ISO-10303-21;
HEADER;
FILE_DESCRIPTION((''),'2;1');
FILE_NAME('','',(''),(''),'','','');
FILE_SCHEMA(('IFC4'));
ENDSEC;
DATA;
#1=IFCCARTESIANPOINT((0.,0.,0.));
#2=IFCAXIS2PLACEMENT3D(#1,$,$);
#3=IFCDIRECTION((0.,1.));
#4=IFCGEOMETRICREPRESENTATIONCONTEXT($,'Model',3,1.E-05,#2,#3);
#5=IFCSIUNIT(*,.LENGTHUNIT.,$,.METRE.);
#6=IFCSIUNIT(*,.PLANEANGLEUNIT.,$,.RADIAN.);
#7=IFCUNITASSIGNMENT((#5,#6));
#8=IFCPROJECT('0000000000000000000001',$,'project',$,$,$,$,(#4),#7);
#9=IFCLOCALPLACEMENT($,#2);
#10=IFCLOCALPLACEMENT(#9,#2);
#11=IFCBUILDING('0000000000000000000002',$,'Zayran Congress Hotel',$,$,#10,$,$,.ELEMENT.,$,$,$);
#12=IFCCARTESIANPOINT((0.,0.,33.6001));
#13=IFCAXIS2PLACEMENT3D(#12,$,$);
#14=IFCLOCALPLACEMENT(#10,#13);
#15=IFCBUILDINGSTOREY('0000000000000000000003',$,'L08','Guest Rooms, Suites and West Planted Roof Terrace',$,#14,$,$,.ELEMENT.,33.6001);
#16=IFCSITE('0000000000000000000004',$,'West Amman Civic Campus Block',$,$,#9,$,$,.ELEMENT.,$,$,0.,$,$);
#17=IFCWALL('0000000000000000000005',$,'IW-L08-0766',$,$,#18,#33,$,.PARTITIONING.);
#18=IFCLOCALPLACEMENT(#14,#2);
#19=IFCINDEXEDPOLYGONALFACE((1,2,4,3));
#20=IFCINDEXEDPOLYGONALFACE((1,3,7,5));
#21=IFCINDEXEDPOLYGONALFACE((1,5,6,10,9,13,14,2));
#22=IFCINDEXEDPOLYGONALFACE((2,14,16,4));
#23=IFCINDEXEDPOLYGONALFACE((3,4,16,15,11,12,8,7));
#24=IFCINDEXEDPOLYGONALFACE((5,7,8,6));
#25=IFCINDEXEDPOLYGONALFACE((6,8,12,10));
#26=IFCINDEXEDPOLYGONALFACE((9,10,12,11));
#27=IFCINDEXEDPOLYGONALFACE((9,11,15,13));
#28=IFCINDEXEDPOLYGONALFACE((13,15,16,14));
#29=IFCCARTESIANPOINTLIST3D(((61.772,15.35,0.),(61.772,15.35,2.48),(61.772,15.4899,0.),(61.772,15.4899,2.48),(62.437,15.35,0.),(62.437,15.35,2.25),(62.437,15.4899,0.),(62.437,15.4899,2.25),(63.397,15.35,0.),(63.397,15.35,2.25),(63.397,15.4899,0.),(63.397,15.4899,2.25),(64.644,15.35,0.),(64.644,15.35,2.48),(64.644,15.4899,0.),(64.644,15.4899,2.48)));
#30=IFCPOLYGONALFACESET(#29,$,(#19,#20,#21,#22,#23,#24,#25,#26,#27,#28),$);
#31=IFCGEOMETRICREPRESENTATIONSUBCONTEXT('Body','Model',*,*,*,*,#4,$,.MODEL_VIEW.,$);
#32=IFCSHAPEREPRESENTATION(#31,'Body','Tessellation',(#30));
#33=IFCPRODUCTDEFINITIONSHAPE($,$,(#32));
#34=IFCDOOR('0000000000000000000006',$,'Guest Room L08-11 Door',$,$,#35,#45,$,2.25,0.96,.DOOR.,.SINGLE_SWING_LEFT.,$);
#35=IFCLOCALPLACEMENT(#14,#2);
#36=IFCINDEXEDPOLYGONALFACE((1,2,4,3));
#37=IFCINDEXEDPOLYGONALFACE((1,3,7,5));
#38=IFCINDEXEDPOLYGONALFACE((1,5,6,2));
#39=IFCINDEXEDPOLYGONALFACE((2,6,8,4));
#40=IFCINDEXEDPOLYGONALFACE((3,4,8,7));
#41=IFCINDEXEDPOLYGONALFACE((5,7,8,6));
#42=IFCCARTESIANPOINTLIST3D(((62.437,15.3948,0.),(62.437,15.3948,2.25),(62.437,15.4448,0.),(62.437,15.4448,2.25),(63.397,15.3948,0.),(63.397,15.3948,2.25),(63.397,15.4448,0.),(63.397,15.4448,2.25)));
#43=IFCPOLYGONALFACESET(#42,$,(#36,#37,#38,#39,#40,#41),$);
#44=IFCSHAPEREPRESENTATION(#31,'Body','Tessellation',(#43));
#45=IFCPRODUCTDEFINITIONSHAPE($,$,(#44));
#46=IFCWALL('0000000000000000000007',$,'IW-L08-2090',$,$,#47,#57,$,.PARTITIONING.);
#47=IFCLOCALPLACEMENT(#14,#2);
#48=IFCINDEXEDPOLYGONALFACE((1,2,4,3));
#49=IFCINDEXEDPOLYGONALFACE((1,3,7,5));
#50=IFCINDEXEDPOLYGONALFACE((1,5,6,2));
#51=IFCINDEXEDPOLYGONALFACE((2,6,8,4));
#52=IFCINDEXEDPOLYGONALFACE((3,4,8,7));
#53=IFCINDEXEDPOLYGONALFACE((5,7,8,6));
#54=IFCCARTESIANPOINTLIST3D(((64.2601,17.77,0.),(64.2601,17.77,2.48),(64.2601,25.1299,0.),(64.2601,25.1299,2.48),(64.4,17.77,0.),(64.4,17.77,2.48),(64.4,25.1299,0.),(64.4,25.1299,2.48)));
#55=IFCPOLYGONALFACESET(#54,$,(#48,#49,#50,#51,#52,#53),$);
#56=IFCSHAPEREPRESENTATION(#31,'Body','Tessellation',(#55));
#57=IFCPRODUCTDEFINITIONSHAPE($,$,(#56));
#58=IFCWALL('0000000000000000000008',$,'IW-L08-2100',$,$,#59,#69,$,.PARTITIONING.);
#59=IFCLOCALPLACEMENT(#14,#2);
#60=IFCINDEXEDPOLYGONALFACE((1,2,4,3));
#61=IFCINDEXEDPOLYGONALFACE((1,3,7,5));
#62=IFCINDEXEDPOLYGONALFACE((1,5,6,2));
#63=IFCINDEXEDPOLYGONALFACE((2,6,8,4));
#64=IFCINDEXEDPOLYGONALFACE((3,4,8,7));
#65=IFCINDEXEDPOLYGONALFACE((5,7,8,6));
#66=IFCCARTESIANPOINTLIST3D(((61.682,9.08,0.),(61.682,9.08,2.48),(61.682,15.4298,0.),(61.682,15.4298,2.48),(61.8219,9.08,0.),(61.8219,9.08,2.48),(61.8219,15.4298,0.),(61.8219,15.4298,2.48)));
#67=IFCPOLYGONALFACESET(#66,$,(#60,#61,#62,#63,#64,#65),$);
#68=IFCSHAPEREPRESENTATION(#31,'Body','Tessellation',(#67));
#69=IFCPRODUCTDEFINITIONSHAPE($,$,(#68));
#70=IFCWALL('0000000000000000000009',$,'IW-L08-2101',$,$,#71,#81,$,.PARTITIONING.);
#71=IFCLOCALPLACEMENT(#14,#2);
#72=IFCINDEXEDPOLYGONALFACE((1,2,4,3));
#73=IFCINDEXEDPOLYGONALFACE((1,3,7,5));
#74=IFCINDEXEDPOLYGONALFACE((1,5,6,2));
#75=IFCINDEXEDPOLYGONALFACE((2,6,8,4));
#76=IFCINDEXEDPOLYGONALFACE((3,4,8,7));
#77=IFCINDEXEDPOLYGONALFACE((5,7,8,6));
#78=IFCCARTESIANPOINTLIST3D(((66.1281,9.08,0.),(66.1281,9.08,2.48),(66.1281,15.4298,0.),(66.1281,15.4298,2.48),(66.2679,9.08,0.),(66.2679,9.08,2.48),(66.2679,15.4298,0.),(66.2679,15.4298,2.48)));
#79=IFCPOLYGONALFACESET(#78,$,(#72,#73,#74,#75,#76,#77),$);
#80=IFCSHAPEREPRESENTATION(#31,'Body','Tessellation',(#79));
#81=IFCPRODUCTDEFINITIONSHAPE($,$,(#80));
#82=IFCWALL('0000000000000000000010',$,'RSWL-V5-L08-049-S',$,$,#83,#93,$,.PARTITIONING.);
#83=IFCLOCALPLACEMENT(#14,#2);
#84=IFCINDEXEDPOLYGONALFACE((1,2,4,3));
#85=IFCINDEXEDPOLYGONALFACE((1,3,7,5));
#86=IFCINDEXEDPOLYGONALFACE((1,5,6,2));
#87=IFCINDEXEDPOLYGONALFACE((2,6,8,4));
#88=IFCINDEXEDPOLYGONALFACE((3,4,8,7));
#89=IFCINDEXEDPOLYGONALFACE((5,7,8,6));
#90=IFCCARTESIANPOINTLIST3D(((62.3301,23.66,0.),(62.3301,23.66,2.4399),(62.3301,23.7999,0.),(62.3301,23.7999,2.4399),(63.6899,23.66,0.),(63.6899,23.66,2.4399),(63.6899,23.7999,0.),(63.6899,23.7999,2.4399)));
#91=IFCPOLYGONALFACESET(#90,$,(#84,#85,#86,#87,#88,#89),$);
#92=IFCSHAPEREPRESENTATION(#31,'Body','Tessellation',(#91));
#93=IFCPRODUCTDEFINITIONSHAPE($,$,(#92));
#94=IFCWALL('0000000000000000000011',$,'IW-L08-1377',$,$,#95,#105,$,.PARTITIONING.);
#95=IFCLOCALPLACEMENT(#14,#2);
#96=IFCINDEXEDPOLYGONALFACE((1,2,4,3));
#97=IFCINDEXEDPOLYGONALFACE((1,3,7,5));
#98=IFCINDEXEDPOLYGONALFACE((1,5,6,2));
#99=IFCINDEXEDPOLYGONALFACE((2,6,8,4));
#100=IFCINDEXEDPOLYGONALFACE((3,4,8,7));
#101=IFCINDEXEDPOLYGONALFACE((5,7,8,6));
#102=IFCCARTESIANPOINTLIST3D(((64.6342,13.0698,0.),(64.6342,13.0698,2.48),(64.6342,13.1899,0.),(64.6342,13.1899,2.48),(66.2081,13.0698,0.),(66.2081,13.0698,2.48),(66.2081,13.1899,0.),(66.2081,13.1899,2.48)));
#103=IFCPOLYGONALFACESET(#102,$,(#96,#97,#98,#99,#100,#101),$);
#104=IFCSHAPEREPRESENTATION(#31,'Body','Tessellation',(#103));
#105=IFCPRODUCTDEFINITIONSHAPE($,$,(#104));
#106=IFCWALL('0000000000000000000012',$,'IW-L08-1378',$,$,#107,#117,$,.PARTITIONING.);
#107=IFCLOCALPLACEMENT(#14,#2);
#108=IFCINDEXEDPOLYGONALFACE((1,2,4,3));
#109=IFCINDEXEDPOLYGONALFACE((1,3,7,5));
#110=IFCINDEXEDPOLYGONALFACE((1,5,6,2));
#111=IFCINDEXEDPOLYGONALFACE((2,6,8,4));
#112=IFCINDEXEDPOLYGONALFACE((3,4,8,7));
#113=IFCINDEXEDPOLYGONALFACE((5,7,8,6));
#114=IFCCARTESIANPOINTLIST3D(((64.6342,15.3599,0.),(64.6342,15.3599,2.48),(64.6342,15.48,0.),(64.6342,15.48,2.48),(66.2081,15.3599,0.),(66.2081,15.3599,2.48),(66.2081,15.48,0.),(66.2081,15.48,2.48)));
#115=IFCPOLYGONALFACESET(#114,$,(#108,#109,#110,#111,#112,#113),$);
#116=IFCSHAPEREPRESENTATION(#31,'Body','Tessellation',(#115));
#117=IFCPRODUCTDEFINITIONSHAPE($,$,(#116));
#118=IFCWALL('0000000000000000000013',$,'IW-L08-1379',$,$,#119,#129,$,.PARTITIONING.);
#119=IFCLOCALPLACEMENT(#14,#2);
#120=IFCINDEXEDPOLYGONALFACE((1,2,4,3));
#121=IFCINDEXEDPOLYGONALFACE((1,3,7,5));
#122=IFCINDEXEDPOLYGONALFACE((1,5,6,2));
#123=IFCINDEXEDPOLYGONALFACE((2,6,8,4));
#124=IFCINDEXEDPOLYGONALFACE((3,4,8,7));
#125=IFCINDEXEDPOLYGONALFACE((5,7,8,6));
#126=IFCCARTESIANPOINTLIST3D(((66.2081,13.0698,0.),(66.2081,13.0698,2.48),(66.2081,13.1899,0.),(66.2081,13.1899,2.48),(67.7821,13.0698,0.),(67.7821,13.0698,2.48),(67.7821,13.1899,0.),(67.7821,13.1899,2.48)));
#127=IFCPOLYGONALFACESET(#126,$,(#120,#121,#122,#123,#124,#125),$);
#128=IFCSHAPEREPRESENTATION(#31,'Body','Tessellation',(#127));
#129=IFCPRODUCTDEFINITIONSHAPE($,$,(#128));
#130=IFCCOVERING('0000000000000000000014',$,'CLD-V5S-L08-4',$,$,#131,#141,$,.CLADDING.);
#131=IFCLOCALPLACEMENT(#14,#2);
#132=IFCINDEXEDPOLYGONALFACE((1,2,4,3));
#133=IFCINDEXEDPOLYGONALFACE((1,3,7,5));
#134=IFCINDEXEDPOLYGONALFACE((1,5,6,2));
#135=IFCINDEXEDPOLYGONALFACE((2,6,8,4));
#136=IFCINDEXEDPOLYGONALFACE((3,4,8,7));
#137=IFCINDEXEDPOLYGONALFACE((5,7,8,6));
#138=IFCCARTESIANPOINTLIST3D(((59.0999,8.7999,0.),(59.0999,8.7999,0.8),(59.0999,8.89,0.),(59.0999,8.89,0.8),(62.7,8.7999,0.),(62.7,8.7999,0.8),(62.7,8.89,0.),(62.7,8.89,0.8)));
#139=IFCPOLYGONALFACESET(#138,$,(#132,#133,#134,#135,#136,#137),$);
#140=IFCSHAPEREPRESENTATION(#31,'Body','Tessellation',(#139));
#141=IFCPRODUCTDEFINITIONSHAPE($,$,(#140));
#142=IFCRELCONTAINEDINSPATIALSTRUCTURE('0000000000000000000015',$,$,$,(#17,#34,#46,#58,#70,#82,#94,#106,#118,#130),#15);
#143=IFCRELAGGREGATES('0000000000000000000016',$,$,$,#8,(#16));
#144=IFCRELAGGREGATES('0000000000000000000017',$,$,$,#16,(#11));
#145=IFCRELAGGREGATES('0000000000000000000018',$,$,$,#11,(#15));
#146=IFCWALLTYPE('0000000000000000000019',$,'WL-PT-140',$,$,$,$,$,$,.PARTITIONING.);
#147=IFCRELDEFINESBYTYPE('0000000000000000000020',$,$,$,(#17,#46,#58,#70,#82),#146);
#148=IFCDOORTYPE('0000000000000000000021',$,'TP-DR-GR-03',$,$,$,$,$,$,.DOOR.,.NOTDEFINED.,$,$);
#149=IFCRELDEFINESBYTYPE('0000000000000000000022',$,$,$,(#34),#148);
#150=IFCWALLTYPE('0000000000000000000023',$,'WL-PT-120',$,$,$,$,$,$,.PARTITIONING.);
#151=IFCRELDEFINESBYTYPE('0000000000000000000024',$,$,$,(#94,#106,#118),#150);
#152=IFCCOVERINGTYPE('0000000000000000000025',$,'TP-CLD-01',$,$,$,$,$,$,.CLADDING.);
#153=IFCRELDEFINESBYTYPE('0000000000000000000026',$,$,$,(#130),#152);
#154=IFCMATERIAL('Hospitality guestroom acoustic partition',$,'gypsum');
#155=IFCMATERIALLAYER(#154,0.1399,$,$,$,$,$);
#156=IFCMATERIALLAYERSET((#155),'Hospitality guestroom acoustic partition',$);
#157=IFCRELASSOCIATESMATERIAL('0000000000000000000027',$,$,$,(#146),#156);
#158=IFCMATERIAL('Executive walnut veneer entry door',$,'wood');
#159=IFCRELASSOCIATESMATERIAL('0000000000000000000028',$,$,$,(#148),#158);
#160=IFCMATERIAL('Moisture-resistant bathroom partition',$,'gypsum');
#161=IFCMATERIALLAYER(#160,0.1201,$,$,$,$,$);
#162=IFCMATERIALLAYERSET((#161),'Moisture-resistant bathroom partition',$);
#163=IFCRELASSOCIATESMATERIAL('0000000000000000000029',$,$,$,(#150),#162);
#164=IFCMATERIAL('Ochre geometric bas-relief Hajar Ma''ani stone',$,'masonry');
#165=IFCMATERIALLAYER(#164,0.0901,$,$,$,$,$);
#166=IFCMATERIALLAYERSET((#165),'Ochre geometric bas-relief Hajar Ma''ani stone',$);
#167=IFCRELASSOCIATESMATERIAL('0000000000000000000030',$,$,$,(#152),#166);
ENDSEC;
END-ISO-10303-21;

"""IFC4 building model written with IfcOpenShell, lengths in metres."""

from ifc_helpers import new_model, si_unit, direction, frame, frame_2d, origin, origin_2d, place, context, subcontext, project, spatial, rectangle, extrude, material, layer, layer_set, type_object, element, fill, save


model = new_model("IFC4")

# Units and contexts
model_context = context("Model", 3, precision=1e-05, world=origin(), true_north=direction((0.0, 1.0)))
body_context = subcontext(model_context, "Body", "Model", "MODEL_VIEW")
ifc_project = project(units=[si_unit("LENGTHUNIT", "METRE"), si_unit("PLANEANGLEUNIT", "RADIAN")], contexts=[model_context])

# Site, building, storey
site_placement = place(None, origin())
site = spatial("IfcSite", under=ifc_project, at=site_placement, Name="West Amman Civic Campus Block", CompositionType="ELEMENT", RefElevation=0.0)
building_placement = place(site_placement, origin())
building = spatial("IfcBuilding", under=site, at=building_placement, Name="Zayran Congress Hotel", CompositionType="ELEMENT")
storey_placement = place(building_placement, frame((0.0, 0.0, 33.6001)))
storey = spatial("IfcBuildingStorey", under=building, at=storey_placement, Name="L08", Description="Guest Rooms, Suites and West Planted Roof Terrace", CompositionType="ELEMENT", Elevation=33.6001)

# Wall, opening, door
ifc_material_1 = material(Name="Hospitality guestroom acoustic partition", Category="gypsum")
ifc_layer_1 = layer(ifc_material_1, 0.1399)
ifc_layer_set_1 = layer_set([ifc_layer_1], Name="Hospitality guestroom acoustic partition")
wall_type_1 = type_object("IfcWallType", Name="WL-PT-140", PredefinedType="PARTITIONING", material=ifc_layer_set_1)
wall_1_placement = place(storey_placement, frame((61.772, 15.4199, 0.0), z_axis=(0.0, 0.0, 1.0), x_axis=(1.0, 0.0, 0.0)))
wall_1 = element("IfcWall", 1, at=wall_1_placement, inside=storey, type_object=wall_type_1, Name="IW-L08-0766", PredefinedType="PARTITIONING", context=body_context, shape_type="SweptSolid", body=[
    extrude(rectangle(XDim=2.8721, YDim=0.1399, at=frame_2d((1.436, 0.0))), origin(), (0.0, 0.0, 1.0), 2.48),
])
opening_1_placement = place(wall_1_placement, frame((0.665, 0.0, 0.0)))
opening_1 = element("IfcOpeningElement", 2, at=opening_1_placement, cuts=wall_1, PredefinedType="OPENING", context=body_context, shape_type="SweptSolid", body=[
    extrude(rectangle(XDim=0.96, YDim=2.25, at=frame_2d((0.48, 1.125))), frame((0.0, 0.0798, 0.0), z_axis=(0.0, -1.0, 0.0), x_axis=(1.0, 0.0, 0.0)), (0.0, 0.0, 1.0), 0.1599),
])
ifc_material_2 = material(Name="Executive walnut veneer entry door", Category="wood")
door_type_1 = type_object("IfcDoorType", Name="TP-DR-GR-03", OperationType="NOTDEFINED", PredefinedType="DOOR", material=ifc_material_2)
door_1_placement = place(opening_1_placement, origin())
door_1 = element("IfcDoor", 3, at=door_1_placement, inside=storey, type_object=door_type_1, Name="Guest Room L08-11 Door", OperationType="SINGLE_SWING_LEFT", OverallHeight=2.25, OverallWidth=0.96, PredefinedType="DOOR", context=body_context, shape_type="SweptSolid", body=[
    extrude(rectangle(XDim=0.96, YDim=2.25, at=frame_2d((0.48, 1.125))), frame((0.0, 0.0249, 0.0), z_axis=(0.0, -1.0, 0.0), x_axis=(1.0, 0.0, 0.0)), (0.0, 0.0, 1.0), 0.05),
])
fill(opening_1, door_1)

# Walls
wall_2_placement = place(storey_placement, frame((64.3301, 17.77, 0.0), z_axis=(0.0, 0.0, 1.0), x_axis=(0.0, 1.0, 0.0)))
element("IfcWall", 4, at=wall_2_placement, inside=storey, type_object=wall_type_1, Name="IW-L08-2090", PredefinedType="PARTITIONING", context=body_context, shape_type="SweptSolid", body=[
    extrude(rectangle(XDim=7.3599, YDim=0.1399, at=frame_2d((3.6799, 0.0))), origin(), (0.0, 0.0, 1.0), 2.48),
])
for number, where, z_axis, x_axis, name in (
    (5, (61.752, 9.0801, 0.0), (0.0, 0.0, 1.0), (0.0, 1.0, 0.0), "IW-L08-2100"),
    (6, (66.198, 9.0801, 0.0), (0.0, 0.0, 1.0), (0.0, 1.0, 0.0), "IW-L08-2101"),
):
    element("IfcWall", number, at=place(storey_placement, frame(where, z_axis=z_axis, x_axis=x_axis)), inside=storey, type_object=wall_type_1, Name=name, PredefinedType="PARTITIONING", context=body_context, shape_type="SweptSolid", body=[
        extrude(rectangle(XDim=6.3499, YDim=0.1399, at=frame_2d((3.1748, 0.0))), origin(), (0.0, 0.0, 1.0), 2.48),
    ])
wall_3_placement = place(storey_placement, frame((62.3301, 23.73, 0.0), z_axis=(0.0, 0.0, 1.0), x_axis=(1.0, 0.0, 0.0)))
element("IfcWall", 7, at=wall_3_placement, inside=storey, type_object=wall_type_1, Name="RSWL-V5-L08-049-S", PredefinedType="PARTITIONING", context=body_context, shape_type="SweptSolid", body=[
    extrude(rectangle(XDim=1.3599, YDim=0.1399, at=frame_2d((0.6799, 0.0))), origin(), (0.0, 0.0, 1.0), 2.4399),
])

# Shared definitions
ifc_material_3 = material(Name="Moisture-resistant bathroom partition", Category="gypsum")
ifc_layer_2 = layer(ifc_material_3, 0.1201)
ifc_layer_set_2 = layer_set([ifc_layer_2], Name="Moisture-resistant bathroom partition")
wall_type_2 = type_object("IfcWallType", Name="WL-PT-120", PredefinedType="PARTITIONING", material=ifc_layer_set_2)

# Walls
for number, where, z_axis, x_axis, name in (
    (8, (64.634, 13.1299, 0.0), (0.0, 0.0, 1.0), (1.0, 0.0, 0.0), "IW-L08-1377"),
    (9, (64.634, 15.4199, 0.0), (0.0, 0.0, 1.0), (1.0, 0.0, 0.0), "IW-L08-1378"),
    (10, (66.208, 13.1299, 0.0), (0.0, 0.0, 1.0), (1.0, 0.0, 0.0), "IW-L08-1379"),
):
    element("IfcWall", number, at=place(storey_placement, frame(where, z_axis=z_axis, x_axis=x_axis)), inside=storey, type_object=wall_type_2, Name=name, PredefinedType="PARTITIONING", context=body_context, shape_type="SweptSolid", body=[
        extrude(rectangle(XDim=1.574, YDim=0.1201, at=frame_2d((0.7871, 0.0))), origin(), (0.0, 0.0, 1.0), 2.48),
    ])

# Covering
ifc_material_4 = material(Name="Ochre geometric bas-relief Hajar Ma'ani stone", Category="masonry")
ifc_layer_3 = layer(ifc_material_4, 0.0901)
ifc_layer_set_3 = layer_set([ifc_layer_3], Name="Ochre geometric bas-relief Hajar Ma'ani stone")
covering_type = type_object("IfcCoveringType", Name="TP-CLD-01", PredefinedType="CLADDING", material=ifc_layer_set_3)
covering_placement = place(storey_placement, frame((60.8999, 8.845, 0.0), z_axis=(0.0, 0.0, 1.0), x_axis=(1.0, 0.0, 0.0)))
element("IfcCovering", 11, at=covering_placement, inside=storey, type_object=covering_type, Name="CLD-V5S-L08-4", PredefinedType="CLADDING", context=body_context, shape_type="SweptSolid", body=[
    extrude(rectangle(XDim=3.6001, YDim=0.0901, at=origin_2d()), origin(), (0.0, 0.0, 1.0), 0.8),
])

save(model, "model.ifc")
